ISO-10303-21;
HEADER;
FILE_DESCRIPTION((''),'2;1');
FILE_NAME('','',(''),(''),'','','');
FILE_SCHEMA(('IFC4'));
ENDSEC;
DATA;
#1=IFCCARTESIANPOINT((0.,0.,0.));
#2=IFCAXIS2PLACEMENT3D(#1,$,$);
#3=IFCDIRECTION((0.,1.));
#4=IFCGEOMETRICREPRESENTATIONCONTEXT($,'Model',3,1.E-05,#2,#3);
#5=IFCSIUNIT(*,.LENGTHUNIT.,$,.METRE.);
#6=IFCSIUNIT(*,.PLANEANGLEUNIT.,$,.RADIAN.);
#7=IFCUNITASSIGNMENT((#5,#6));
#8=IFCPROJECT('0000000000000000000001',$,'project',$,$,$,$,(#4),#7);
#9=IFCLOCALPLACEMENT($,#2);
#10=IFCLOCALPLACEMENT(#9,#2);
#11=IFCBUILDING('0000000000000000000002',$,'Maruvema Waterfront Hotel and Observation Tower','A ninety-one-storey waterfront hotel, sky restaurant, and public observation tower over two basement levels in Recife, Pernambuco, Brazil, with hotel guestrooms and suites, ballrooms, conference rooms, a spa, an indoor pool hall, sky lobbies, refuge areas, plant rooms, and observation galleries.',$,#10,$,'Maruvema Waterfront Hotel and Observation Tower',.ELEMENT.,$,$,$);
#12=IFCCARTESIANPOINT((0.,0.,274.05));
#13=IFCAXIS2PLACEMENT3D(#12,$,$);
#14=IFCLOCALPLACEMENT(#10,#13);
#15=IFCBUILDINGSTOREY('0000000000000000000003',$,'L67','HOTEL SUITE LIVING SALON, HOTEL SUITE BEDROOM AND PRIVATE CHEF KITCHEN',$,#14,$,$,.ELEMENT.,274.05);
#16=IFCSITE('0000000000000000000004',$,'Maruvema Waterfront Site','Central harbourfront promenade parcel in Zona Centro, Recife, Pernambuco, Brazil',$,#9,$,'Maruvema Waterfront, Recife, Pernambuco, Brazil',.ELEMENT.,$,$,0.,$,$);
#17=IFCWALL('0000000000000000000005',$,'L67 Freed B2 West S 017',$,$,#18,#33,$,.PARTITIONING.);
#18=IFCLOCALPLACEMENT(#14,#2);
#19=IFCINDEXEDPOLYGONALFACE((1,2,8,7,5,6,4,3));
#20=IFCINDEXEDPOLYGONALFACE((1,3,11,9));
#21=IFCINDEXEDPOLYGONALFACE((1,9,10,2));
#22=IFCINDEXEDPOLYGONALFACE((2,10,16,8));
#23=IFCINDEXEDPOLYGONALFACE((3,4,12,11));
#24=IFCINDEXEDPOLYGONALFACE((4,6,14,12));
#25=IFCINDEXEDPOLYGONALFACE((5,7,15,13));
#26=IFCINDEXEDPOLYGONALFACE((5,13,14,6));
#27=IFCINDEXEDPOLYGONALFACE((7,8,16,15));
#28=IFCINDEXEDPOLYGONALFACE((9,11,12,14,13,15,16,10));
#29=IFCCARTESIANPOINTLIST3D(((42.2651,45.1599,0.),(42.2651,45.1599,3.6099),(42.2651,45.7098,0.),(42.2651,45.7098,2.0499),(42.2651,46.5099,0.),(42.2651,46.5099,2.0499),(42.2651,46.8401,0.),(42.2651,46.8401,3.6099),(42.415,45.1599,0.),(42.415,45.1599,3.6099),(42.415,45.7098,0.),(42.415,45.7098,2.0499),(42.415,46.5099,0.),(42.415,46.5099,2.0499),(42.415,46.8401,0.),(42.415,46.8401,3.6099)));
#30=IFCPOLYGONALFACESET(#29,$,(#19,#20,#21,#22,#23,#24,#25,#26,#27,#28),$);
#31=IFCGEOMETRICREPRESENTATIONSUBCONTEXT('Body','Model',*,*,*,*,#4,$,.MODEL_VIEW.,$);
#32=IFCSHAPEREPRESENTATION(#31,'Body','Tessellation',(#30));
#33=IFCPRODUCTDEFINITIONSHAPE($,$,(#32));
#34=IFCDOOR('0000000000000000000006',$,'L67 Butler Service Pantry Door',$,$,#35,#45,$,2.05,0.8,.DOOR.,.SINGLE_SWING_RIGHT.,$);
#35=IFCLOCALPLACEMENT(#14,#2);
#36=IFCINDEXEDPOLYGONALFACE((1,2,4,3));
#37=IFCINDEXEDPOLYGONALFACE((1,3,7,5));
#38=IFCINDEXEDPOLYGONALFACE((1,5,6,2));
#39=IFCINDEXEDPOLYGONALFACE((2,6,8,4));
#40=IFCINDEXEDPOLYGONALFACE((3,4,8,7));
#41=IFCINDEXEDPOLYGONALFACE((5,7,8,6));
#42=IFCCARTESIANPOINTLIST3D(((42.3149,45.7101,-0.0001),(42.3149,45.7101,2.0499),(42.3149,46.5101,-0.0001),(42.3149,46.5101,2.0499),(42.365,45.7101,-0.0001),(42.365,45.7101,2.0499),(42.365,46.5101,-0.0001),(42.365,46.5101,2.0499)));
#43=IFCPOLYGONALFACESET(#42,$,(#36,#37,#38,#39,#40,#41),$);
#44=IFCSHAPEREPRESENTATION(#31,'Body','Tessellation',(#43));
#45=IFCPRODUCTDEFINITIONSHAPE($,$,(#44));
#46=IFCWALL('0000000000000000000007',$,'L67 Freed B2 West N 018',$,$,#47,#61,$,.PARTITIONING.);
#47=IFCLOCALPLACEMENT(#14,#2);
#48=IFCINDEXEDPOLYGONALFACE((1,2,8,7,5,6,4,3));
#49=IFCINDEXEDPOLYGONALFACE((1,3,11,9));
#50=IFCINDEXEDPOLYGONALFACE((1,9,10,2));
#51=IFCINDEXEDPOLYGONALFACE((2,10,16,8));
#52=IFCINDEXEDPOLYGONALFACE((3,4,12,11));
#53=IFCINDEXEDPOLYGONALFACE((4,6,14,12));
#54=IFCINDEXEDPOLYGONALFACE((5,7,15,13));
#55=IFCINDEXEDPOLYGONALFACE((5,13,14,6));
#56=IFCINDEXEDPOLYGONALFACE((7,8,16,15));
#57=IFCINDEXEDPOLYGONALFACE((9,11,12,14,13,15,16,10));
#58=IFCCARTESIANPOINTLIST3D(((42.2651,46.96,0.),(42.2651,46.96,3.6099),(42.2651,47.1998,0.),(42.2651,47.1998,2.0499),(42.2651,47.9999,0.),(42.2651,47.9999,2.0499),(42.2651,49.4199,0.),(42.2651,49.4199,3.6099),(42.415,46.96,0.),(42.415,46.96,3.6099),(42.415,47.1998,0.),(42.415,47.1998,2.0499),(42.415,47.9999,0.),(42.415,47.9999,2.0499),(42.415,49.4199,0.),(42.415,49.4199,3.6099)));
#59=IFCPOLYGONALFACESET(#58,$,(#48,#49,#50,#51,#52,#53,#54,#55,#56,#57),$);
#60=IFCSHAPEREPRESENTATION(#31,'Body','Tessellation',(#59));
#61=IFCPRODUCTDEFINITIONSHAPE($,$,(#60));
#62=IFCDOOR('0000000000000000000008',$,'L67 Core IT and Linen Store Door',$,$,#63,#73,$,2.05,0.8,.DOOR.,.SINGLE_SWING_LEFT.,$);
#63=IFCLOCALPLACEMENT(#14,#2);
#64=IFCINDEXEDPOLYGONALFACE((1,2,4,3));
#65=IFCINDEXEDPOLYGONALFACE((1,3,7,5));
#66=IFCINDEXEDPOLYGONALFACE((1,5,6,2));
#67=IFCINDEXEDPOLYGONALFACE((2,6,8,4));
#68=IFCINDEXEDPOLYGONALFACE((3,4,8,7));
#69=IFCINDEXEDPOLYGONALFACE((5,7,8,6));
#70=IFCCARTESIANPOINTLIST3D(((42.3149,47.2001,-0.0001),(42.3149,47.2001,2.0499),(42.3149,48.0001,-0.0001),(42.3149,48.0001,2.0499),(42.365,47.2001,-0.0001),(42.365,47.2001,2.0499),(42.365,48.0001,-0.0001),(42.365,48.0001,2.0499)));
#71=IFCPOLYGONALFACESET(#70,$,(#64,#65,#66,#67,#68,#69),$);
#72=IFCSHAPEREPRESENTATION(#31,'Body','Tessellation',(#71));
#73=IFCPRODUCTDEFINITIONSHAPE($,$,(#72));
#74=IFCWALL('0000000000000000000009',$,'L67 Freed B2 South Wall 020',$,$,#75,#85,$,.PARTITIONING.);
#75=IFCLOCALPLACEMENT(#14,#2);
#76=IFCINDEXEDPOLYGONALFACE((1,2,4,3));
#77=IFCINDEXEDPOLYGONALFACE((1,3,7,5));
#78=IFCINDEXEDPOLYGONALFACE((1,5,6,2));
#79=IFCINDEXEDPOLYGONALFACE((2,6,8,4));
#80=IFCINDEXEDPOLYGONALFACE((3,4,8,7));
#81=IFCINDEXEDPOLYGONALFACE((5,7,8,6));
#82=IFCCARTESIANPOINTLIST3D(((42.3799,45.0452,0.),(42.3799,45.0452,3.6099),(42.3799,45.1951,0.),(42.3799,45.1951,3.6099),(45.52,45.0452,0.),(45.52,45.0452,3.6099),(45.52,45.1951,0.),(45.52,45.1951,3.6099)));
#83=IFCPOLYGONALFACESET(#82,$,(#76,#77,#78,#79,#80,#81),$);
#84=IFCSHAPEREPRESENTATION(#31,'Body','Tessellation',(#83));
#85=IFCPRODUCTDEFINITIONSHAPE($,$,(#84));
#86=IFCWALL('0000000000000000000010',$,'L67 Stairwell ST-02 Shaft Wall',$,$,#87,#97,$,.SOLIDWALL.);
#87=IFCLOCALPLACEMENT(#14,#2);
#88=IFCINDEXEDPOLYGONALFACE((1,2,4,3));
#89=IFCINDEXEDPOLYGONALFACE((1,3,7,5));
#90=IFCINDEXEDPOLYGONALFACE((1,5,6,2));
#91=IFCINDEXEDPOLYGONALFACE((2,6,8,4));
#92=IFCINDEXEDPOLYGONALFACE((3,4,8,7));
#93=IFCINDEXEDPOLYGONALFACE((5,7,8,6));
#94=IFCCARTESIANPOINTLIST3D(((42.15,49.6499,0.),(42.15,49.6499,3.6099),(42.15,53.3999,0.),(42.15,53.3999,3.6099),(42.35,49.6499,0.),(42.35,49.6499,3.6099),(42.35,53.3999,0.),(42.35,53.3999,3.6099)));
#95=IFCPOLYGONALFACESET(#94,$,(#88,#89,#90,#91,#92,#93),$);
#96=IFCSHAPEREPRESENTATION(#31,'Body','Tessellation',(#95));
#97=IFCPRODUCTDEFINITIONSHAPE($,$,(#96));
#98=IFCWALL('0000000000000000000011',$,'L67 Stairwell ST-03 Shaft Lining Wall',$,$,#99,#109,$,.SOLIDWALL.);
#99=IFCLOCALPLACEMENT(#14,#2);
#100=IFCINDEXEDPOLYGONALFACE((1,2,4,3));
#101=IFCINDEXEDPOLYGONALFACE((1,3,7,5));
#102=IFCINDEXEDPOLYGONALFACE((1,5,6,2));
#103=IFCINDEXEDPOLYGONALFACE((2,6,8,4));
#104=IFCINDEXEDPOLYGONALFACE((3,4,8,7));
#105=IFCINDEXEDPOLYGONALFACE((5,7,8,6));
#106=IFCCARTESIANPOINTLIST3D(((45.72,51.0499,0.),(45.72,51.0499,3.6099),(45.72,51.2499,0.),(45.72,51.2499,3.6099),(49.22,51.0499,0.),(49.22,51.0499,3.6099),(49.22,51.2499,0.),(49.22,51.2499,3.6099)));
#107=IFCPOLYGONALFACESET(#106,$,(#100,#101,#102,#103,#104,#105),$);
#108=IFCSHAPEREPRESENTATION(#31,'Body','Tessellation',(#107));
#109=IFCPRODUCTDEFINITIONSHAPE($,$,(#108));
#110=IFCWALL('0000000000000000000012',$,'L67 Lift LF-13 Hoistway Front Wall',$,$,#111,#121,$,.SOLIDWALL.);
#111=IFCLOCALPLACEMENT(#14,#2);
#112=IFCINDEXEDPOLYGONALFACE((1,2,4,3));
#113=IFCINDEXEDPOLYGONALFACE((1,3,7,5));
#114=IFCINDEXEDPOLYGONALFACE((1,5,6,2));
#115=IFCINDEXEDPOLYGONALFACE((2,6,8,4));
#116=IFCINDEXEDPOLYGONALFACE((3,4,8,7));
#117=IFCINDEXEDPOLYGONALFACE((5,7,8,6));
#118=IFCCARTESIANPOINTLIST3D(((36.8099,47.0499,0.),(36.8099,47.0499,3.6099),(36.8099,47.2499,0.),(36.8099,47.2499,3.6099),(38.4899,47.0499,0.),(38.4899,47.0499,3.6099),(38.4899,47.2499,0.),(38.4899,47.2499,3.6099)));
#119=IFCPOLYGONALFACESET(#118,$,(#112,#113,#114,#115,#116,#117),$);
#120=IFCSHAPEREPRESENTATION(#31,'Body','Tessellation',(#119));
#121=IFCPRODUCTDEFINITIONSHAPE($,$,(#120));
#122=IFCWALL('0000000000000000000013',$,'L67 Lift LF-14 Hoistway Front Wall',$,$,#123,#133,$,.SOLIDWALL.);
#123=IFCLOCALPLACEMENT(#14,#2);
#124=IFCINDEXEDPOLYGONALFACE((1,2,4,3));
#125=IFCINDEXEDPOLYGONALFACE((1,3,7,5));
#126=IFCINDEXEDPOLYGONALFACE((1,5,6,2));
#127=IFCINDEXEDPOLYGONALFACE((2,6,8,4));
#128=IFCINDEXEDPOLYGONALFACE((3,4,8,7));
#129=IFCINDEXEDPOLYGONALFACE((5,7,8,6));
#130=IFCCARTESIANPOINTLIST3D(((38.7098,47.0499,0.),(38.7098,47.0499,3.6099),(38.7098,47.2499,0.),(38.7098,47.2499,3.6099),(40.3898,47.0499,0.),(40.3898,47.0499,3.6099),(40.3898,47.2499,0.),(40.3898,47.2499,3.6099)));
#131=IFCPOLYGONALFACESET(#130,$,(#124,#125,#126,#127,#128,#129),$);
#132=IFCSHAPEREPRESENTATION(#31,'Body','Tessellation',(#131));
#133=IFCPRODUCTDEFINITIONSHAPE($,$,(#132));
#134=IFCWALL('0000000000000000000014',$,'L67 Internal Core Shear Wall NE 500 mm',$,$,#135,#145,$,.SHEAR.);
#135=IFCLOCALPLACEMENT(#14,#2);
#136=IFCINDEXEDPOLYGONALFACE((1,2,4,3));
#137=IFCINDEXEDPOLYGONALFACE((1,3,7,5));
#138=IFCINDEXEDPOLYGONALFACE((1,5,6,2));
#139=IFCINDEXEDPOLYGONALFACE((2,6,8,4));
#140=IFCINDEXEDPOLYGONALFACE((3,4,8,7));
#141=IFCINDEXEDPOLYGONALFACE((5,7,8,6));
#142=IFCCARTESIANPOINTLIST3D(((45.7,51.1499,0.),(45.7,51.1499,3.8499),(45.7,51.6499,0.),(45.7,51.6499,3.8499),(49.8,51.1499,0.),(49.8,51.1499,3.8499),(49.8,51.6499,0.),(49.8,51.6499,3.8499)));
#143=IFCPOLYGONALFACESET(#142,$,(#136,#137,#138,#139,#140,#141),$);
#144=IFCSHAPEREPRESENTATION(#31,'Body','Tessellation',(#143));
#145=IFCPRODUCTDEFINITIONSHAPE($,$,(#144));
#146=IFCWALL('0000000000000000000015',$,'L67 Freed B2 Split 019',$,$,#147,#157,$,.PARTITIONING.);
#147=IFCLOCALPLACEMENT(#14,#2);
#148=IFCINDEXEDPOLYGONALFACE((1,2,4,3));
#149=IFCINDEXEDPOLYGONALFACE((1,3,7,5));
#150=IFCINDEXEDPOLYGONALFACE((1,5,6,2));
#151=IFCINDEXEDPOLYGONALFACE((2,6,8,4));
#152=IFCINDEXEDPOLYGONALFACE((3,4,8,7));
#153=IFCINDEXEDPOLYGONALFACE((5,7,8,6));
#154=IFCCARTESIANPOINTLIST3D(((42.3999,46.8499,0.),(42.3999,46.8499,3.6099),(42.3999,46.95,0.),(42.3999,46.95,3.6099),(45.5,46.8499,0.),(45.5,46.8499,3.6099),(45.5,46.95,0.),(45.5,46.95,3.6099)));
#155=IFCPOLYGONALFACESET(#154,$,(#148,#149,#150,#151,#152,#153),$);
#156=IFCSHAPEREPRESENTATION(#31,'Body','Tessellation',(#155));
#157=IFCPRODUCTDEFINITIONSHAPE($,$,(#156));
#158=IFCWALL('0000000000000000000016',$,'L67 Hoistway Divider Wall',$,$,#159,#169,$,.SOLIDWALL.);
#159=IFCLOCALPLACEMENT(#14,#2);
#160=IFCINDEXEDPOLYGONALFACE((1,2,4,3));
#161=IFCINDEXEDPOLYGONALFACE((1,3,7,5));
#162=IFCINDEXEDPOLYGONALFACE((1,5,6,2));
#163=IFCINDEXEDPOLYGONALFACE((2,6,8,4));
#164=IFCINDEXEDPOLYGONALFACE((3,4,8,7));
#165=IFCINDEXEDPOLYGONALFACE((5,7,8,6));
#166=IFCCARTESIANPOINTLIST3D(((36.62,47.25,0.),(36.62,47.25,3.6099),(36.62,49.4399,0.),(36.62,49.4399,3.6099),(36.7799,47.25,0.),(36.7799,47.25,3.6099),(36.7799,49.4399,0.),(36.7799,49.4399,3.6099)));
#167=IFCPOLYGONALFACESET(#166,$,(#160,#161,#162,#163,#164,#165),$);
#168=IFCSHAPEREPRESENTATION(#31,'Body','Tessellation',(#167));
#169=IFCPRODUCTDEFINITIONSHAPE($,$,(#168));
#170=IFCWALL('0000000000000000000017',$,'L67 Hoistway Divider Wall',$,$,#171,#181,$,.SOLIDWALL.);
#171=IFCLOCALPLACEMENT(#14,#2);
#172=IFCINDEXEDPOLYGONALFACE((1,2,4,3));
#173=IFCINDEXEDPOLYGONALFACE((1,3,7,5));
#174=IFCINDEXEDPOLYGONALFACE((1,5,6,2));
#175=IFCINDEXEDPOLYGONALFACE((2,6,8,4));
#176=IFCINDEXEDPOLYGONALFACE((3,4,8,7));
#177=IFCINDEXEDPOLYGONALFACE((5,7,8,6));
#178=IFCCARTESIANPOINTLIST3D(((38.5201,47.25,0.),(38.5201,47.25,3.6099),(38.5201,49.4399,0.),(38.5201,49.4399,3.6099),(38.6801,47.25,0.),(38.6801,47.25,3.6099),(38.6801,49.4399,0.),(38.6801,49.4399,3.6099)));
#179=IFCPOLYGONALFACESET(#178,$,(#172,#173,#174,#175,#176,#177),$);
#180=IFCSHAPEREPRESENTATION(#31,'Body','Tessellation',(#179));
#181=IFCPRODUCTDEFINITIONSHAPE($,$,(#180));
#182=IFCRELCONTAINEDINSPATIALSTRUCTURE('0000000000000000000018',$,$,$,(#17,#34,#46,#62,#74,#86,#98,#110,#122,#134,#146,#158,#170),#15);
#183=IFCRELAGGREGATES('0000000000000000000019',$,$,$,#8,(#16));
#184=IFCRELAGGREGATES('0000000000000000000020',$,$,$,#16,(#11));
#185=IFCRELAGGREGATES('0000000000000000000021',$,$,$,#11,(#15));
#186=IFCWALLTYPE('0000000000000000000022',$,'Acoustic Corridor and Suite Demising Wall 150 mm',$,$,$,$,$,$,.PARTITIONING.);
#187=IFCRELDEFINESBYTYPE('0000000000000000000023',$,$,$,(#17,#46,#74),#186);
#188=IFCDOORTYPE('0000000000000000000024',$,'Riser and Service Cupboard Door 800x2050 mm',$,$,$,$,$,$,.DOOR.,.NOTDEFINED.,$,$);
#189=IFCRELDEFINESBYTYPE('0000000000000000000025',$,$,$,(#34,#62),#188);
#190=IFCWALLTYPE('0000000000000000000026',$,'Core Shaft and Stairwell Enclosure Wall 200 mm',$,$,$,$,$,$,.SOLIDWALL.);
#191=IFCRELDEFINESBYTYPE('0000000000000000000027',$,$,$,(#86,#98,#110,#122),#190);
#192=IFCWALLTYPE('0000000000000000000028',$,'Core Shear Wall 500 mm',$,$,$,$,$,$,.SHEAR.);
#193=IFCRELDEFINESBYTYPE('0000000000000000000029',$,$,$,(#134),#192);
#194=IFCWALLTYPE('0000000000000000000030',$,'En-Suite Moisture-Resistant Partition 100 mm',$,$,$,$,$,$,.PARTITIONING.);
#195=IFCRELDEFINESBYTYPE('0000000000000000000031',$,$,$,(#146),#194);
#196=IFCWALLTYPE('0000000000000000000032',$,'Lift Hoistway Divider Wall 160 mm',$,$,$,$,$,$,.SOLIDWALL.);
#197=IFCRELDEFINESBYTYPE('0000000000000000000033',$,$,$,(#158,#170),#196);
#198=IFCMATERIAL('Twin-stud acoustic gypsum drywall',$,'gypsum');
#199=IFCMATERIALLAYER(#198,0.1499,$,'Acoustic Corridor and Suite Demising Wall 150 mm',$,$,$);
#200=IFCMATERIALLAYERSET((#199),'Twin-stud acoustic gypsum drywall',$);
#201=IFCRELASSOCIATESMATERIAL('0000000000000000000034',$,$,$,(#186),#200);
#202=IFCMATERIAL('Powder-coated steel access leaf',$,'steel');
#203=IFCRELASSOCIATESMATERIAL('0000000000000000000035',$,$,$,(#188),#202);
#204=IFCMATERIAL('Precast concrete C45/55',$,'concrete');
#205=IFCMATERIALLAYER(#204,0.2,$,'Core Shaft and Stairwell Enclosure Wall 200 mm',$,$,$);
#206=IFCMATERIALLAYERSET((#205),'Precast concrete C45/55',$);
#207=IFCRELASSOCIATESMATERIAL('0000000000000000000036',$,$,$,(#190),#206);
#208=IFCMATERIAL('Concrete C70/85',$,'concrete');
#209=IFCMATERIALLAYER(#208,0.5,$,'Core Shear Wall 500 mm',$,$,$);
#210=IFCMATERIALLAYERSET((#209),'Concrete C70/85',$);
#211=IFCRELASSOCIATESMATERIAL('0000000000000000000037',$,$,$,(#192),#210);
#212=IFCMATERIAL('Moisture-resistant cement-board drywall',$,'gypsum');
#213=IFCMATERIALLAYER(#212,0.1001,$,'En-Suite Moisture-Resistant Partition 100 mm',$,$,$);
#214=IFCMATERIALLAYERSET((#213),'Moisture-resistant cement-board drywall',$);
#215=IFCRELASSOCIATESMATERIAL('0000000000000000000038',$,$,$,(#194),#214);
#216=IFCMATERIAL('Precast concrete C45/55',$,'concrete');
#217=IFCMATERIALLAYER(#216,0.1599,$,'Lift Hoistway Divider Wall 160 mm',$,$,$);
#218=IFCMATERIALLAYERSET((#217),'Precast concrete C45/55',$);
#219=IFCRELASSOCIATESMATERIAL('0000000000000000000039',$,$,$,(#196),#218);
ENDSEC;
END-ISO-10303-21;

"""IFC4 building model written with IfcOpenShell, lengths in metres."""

from ifc_helpers import new_model, si_unit, direction, frame, frame_2d, origin, place, context, subcontext, project, spatial, rectangle, extrude, material, layer, layer_set, type_object, element, fill, save


model = new_model("IFC4")

# Units and contexts
model_context = context("Model", 3, precision=1e-05, world=origin(), true_north=direction((0.0, 1.0)))
body_context = subcontext(model_context, "Body", "Model", "MODEL_VIEW")
ifc_project = project(units=[si_unit("LENGTHUNIT", "METRE"), si_unit("PLANEANGLEUNIT", "RADIAN")], contexts=[model_context])

# Site, building, storey
site_placement = place(None, origin())
site = spatial("IfcSite", under=ifc_project, at=site_placement, Name="Maruvema Waterfront Site", Description="Central harbourfront promenade parcel in Zona Centro, Recife, Pernambuco, Brazil", LongName="Maruvema Waterfront, Recife, Pernambuco, Brazil", CompositionType="ELEMENT", RefElevation=0.0)
building_placement = place(site_placement, origin())
building = spatial("IfcBuilding", under=site, at=building_placement, Name="Maruvema Waterfront Hotel and Observation Tower", Description="A ninety-one-storey waterfront hotel, sky restaurant, and public observation tower over two basement levels in Recife, Pernambuco, Brazil, with hotel guestrooms and suites, ballrooms, conference rooms, a spa, an indoor pool hall, sky lobbies, refuge areas, plant rooms, and observation galleries.", LongName="Maruvema Waterfront Hotel and Observation Tower", CompositionType="ELEMENT")
storey_placement = place(building_placement, frame((0.0, 0.0, 274.05)))
storey = spatial("IfcBuildingStorey", under=building, at=storey_placement, Name="L67", Description="HOTEL SUITE LIVING SALON, HOTEL SUITE BEDROOM AND PRIVATE CHEF KITCHEN", CompositionType="ELEMENT", Elevation=274.05)

# Walls, openings, doors
ifc_material_1 = material(Name="Twin-stud acoustic gypsum drywall", Category="gypsum")
ifc_layer_1 = layer(ifc_material_1, 0.1499, Name="Acoustic Corridor and Suite Demising Wall 150 mm")
ifc_layer_set_1 = layer_set([ifc_layer_1], Name="Twin-stud acoustic gypsum drywall")
wall_type_1 = type_object("IfcWallType", Name="Acoustic Corridor and Suite Demising Wall 150 mm", PredefinedType="PARTITIONING", material=ifc_layer_set_1)
wall_1_placement = place(storey_placement, frame((42.3401, 45.1599, 0.0), z_axis=(0.0, 0.0, 1.0), x_axis=(0.0, 1.0, 0.0)))
wall_1 = element("IfcWall", 1, at=wall_1_placement, inside=storey, type_object=wall_type_1, Name="L67 Freed B2 West S 017", PredefinedType="PARTITIONING", context=body_context, shape_type="SweptSolid", body=[
    extrude(rectangle(XDim=1.6802, YDim=0.1499, at=frame_2d((0.8401, 0.0))), origin(), (0.0, 0.0, 1.0), 3.6099),
])
opening_1_placement = place(wall_1_placement, frame((0.55, 0.0, 0.0)))
opening_1 = element("IfcOpeningElement", 2, at=opening_1_placement, cuts=wall_1, PredefinedType="OPENING", context=body_context, shape_type="SweptSolid", body=[
    extrude(rectangle(XDim=0.8, YDim=2.05, at=frame_2d((0.3999, 1.0249))), frame((0.0, 0.085, 0.0), z_axis=(0.0, -1.0, 0.0), x_axis=(1.0, 0.0, 0.0)), (0.0, 0.0, 1.0), 0.1699),
])
ifc_material_2 = material(Name="Powder-coated steel access leaf", Category="steel")
door_type = type_object("IfcDoorType", Name="Riser and Service Cupboard Door 800x2050 mm", OperationType="NOTDEFINED", PredefinedType="DOOR", material=ifc_material_2)
door_1_placement = place(opening_1_placement, frame((0.8, 0.0, 0.0), z_axis=(0.0, 0.0, 1.0), x_axis=(-1.0, 0.0, 0.0)))
door_1 = element("IfcDoor", 3, at=door_1_placement, inside=storey, type_object=door_type, Name="L67 Butler Service Pantry Door", OperationType="SINGLE_SWING_RIGHT", OverallHeight=2.05, OverallWidth=0.8, PredefinedType="DOOR", context=body_context, shape_type="SweptSolid", body=[
    extrude(rectangle(XDim=0.8, YDim=2.05, at=frame_2d((0.3999, 1.0249))), frame((0.0, 0.0249, 0.0), z_axis=(0.0, -1.0, 0.0), x_axis=(1.0, 0.0, 0.0)), (0.0, 0.0, 1.0), 0.05),
])
fill(opening_1, door_1)
wall_2_placement = place(storey_placement, frame((42.3401, 46.96, 0.0), z_axis=(0.0, 0.0, 1.0), x_axis=(0.0, 1.0, 0.0)))
wall_2 = element("IfcWall", 4, at=wall_2_placement, inside=storey, type_object=wall_type_1, Name="L67 Freed B2 West N 018", PredefinedType="PARTITIONING", context=body_context, shape_type="SweptSolid", body=[
    extrude(rectangle(XDim=2.46, YDim=0.1499, at=frame_2d((1.23, 0.0))), origin(), (0.0, 0.0, 1.0), 3.6099),
])
opening_2_placement = place(wall_2_placement, frame((0.24, 0.0, 0.0)))
opening_2 = element("IfcOpeningElement", 5, at=opening_2_placement, cuts=wall_2, PredefinedType="OPENING", context=body_context, shape_type="SweptSolid", body=[
    extrude(rectangle(XDim=0.8, YDim=2.05, at=frame_2d((0.3999, 1.0249))), frame((0.0, 0.085, 0.0), z_axis=(0.0, -1.0, 0.0), x_axis=(1.0, 0.0, 0.0)), (0.0, 0.0, 1.0), 0.1699),
])
door_2_placement = place(opening_2_placement, frame((0.8, 0.0, 0.0), z_axis=(0.0, 0.0, 1.0), x_axis=(-1.0, 0.0, 0.0)))
door_2 = element("IfcDoor", 6, at=door_2_placement, inside=storey, type_object=door_type, Name="L67 Core IT and Linen Store Door", OperationType="SINGLE_SWING_LEFT", OverallHeight=2.05, OverallWidth=0.8, PredefinedType="DOOR", context=body_context, shape_type="SweptSolid", body=[
    extrude(rectangle(XDim=0.8, YDim=2.05, at=frame_2d((0.3999, 1.0249))), frame((0.0, 0.0249, 0.0), z_axis=(0.0, -1.0, 0.0), x_axis=(1.0, 0.0, 0.0)), (0.0, 0.0, 1.0), 0.05),
])
fill(opening_2, door_2)

# Walls
wall_3_placement = place(storey_placement, frame((42.3799, 45.1201, 0.0), z_axis=(0.0, 0.0, 1.0), x_axis=(1.0, 0.0, 0.0)))
element("IfcWall", 7, at=wall_3_placement, inside=storey, type_object=wall_type_1, Name="L67 Freed B2 South Wall 020", PredefinedType="PARTITIONING", context=body_context, shape_type="SweptSolid", body=[
    extrude(rectangle(XDim=3.1401, YDim=0.1499, at=frame_2d((1.5701, 0.0))), origin(), (0.0, 0.0, 1.0), 3.6099),
])
ifc_material_3 = material(Name="Precast concrete C45/55", Category="concrete")
ifc_layer_2 = layer(ifc_material_3, 0.2, Name="Core Shaft and Stairwell Enclosure Wall 200 mm")
ifc_layer_set_2 = layer_set([ifc_layer_2], Name="Precast concrete C45/55")
wall_type_2 = type_object("IfcWallType", Name="Core Shaft and Stairwell Enclosure Wall 200 mm", PredefinedType="SOLIDWALL", material=ifc_layer_set_2)
wall_4_placement = place(storey_placement, frame((42.25, 49.6499, 0.0), z_axis=(0.0, 0.0, 1.0), x_axis=(0.0, 1.0, 0.0)))
element("IfcWall", 8, at=wall_4_placement, inside=storey, type_object=wall_type_2, Name="L67 Stairwell ST-02 Shaft Wall", PredefinedType="SOLIDWALL", context=body_context, shape_type="SweptSolid", body=[
    extrude(rectangle(XDim=3.75, YDim=0.2, at=frame_2d((1.875, 0.0))), origin(), (0.0, 0.0, 1.0), 3.6099),
])
wall_5_placement = place(storey_placement, frame((45.72, 51.1499, 0.0), z_axis=(0.0, 0.0, 1.0), x_axis=(1.0, 0.0, 0.0)))
element("IfcWall", 9, at=wall_5_placement, inside=storey, type_object=wall_type_2, Name="L67 Stairwell ST-03 Shaft Lining Wall", PredefinedType="SOLIDWALL", context=body_context, shape_type="SweptSolid", body=[
    extrude(rectangle(XDim=3.5, YDim=0.2, at=frame_2d((1.75, 0.0))), origin(), (0.0, 0.0, 1.0), 3.6099),
])
for number, where, z_axis, x_axis, name in (
    (10, (36.8101, 47.1499, 0.0), (0.0, 0.0, 1.0), (1.0, 0.0, 0.0), "L67 Lift LF-13 Hoistway Front Wall"),
    (11, (38.71, 47.1499, 0.0), (0.0, 0.0, 1.0), (1.0, 0.0, 0.0), "L67 Lift LF-14 Hoistway Front Wall"),
):
    element("IfcWall", number, at=place(storey_placement, frame(where, z_axis=z_axis, x_axis=x_axis)), inside=storey, type_object=wall_type_2, Name=name, PredefinedType="SOLIDWALL", context=body_context, shape_type="SweptSolid", body=[
        extrude(rectangle(XDim=1.6799, YDim=0.2, at=frame_2d((0.8398, 0.0))), origin(), (0.0, 0.0, 1.0), 3.6099),
    ])
ifc_material_4 = material(Name="Concrete C70/85", Category="concrete")
ifc_layer_3 = layer(ifc_material_4, 0.5, Name="Core Shear Wall 500 mm")
ifc_layer_set_3 = layer_set([ifc_layer_3], Name="Concrete C70/85")
wall_type_3 = type_object("IfcWallType", Name="Core Shear Wall 500 mm", PredefinedType="SHEAR", material=ifc_layer_set_3)
wall_6_placement = place(storey_placement, frame((45.7, 51.3999, 0.0), z_axis=(0.0, 0.0, 1.0), x_axis=(1.0, 0.0, 0.0)))
element("IfcWall", 12, at=wall_6_placement, inside=storey, type_object=wall_type_3, Name="L67 Internal Core Shear Wall NE 500 mm", PredefinedType="SHEAR", context=body_context, shape_type="SweptSolid", body=[
    extrude(rectangle(XDim=4.1001, YDim=0.5, at=frame_2d((2.05, 0.0))), origin(), (0.0, 0.0, 1.0), 3.8499),
])
ifc_material_5 = material(Name="Moisture-resistant cement-board drywall", Category="gypsum")
ifc_layer_4 = layer(ifc_material_5, 0.1001, Name="En-Suite Moisture-Resistant Partition 100 mm")
ifc_layer_set_4 = layer_set([ifc_layer_4], Name="Moisture-resistant cement-board drywall")
wall_type_4 = type_object("IfcWallType", Name="En-Suite Moisture-Resistant Partition 100 mm", PredefinedType="PARTITIONING", material=ifc_layer_set_4)
wall_7_placement = place(storey_placement, frame((42.3999, 46.8999, 0.0), z_axis=(0.0, 0.0, 1.0), x_axis=(1.0, 0.0, 0.0)))
element("IfcWall", 13, at=wall_7_placement, inside=storey, type_object=wall_type_4, Name="L67 Freed B2 Split 019", PredefinedType="PARTITIONING", context=body_context, shape_type="SweptSolid", body=[
    extrude(rectangle(XDim=3.1001, YDim=0.1001, at=frame_2d((1.55, 0.0))), origin(), (0.0, 0.0, 1.0), 3.6099),
])
ifc_material_6 = material(Name="Precast concrete C45/55", Category="concrete")
ifc_layer_5 = layer(ifc_material_6, 0.1599, Name="Lift Hoistway Divider Wall 160 mm")
ifc_layer_set_5 = layer_set([ifc_layer_5], Name="Precast concrete C45/55")
wall_type_5 = type_object("IfcWallType", Name="Lift Hoistway Divider Wall 160 mm", PredefinedType="SOLIDWALL", material=ifc_layer_set_5)
for number, where, z_axis, x_axis, name in (
    (14, (36.7, 47.25, 0.0), (0.0, 0.0, 1.0), (0.0, 1.0, 0.0), "L67 Hoistway Divider Wall"),
    (15, (38.6001, 47.25, 0.0), (0.0, 0.0, 1.0), (0.0, 1.0, 0.0), "L67 Hoistway Divider Wall"),
):
    element("IfcWall", number, at=place(storey_placement, frame(where, z_axis=z_axis, x_axis=x_axis)), inside=storey, type_object=wall_type_5, Name=name, PredefinedType="SOLIDWALL", context=body_context, shape_type="SweptSolid", body=[
        extrude(rectangle(XDim=2.1899, YDim=0.1599, at=frame_2d((1.095, 0.0))), origin(), (0.0, 0.0, 1.0), 3.6099),
    ])

save(model, "model.ifc")
